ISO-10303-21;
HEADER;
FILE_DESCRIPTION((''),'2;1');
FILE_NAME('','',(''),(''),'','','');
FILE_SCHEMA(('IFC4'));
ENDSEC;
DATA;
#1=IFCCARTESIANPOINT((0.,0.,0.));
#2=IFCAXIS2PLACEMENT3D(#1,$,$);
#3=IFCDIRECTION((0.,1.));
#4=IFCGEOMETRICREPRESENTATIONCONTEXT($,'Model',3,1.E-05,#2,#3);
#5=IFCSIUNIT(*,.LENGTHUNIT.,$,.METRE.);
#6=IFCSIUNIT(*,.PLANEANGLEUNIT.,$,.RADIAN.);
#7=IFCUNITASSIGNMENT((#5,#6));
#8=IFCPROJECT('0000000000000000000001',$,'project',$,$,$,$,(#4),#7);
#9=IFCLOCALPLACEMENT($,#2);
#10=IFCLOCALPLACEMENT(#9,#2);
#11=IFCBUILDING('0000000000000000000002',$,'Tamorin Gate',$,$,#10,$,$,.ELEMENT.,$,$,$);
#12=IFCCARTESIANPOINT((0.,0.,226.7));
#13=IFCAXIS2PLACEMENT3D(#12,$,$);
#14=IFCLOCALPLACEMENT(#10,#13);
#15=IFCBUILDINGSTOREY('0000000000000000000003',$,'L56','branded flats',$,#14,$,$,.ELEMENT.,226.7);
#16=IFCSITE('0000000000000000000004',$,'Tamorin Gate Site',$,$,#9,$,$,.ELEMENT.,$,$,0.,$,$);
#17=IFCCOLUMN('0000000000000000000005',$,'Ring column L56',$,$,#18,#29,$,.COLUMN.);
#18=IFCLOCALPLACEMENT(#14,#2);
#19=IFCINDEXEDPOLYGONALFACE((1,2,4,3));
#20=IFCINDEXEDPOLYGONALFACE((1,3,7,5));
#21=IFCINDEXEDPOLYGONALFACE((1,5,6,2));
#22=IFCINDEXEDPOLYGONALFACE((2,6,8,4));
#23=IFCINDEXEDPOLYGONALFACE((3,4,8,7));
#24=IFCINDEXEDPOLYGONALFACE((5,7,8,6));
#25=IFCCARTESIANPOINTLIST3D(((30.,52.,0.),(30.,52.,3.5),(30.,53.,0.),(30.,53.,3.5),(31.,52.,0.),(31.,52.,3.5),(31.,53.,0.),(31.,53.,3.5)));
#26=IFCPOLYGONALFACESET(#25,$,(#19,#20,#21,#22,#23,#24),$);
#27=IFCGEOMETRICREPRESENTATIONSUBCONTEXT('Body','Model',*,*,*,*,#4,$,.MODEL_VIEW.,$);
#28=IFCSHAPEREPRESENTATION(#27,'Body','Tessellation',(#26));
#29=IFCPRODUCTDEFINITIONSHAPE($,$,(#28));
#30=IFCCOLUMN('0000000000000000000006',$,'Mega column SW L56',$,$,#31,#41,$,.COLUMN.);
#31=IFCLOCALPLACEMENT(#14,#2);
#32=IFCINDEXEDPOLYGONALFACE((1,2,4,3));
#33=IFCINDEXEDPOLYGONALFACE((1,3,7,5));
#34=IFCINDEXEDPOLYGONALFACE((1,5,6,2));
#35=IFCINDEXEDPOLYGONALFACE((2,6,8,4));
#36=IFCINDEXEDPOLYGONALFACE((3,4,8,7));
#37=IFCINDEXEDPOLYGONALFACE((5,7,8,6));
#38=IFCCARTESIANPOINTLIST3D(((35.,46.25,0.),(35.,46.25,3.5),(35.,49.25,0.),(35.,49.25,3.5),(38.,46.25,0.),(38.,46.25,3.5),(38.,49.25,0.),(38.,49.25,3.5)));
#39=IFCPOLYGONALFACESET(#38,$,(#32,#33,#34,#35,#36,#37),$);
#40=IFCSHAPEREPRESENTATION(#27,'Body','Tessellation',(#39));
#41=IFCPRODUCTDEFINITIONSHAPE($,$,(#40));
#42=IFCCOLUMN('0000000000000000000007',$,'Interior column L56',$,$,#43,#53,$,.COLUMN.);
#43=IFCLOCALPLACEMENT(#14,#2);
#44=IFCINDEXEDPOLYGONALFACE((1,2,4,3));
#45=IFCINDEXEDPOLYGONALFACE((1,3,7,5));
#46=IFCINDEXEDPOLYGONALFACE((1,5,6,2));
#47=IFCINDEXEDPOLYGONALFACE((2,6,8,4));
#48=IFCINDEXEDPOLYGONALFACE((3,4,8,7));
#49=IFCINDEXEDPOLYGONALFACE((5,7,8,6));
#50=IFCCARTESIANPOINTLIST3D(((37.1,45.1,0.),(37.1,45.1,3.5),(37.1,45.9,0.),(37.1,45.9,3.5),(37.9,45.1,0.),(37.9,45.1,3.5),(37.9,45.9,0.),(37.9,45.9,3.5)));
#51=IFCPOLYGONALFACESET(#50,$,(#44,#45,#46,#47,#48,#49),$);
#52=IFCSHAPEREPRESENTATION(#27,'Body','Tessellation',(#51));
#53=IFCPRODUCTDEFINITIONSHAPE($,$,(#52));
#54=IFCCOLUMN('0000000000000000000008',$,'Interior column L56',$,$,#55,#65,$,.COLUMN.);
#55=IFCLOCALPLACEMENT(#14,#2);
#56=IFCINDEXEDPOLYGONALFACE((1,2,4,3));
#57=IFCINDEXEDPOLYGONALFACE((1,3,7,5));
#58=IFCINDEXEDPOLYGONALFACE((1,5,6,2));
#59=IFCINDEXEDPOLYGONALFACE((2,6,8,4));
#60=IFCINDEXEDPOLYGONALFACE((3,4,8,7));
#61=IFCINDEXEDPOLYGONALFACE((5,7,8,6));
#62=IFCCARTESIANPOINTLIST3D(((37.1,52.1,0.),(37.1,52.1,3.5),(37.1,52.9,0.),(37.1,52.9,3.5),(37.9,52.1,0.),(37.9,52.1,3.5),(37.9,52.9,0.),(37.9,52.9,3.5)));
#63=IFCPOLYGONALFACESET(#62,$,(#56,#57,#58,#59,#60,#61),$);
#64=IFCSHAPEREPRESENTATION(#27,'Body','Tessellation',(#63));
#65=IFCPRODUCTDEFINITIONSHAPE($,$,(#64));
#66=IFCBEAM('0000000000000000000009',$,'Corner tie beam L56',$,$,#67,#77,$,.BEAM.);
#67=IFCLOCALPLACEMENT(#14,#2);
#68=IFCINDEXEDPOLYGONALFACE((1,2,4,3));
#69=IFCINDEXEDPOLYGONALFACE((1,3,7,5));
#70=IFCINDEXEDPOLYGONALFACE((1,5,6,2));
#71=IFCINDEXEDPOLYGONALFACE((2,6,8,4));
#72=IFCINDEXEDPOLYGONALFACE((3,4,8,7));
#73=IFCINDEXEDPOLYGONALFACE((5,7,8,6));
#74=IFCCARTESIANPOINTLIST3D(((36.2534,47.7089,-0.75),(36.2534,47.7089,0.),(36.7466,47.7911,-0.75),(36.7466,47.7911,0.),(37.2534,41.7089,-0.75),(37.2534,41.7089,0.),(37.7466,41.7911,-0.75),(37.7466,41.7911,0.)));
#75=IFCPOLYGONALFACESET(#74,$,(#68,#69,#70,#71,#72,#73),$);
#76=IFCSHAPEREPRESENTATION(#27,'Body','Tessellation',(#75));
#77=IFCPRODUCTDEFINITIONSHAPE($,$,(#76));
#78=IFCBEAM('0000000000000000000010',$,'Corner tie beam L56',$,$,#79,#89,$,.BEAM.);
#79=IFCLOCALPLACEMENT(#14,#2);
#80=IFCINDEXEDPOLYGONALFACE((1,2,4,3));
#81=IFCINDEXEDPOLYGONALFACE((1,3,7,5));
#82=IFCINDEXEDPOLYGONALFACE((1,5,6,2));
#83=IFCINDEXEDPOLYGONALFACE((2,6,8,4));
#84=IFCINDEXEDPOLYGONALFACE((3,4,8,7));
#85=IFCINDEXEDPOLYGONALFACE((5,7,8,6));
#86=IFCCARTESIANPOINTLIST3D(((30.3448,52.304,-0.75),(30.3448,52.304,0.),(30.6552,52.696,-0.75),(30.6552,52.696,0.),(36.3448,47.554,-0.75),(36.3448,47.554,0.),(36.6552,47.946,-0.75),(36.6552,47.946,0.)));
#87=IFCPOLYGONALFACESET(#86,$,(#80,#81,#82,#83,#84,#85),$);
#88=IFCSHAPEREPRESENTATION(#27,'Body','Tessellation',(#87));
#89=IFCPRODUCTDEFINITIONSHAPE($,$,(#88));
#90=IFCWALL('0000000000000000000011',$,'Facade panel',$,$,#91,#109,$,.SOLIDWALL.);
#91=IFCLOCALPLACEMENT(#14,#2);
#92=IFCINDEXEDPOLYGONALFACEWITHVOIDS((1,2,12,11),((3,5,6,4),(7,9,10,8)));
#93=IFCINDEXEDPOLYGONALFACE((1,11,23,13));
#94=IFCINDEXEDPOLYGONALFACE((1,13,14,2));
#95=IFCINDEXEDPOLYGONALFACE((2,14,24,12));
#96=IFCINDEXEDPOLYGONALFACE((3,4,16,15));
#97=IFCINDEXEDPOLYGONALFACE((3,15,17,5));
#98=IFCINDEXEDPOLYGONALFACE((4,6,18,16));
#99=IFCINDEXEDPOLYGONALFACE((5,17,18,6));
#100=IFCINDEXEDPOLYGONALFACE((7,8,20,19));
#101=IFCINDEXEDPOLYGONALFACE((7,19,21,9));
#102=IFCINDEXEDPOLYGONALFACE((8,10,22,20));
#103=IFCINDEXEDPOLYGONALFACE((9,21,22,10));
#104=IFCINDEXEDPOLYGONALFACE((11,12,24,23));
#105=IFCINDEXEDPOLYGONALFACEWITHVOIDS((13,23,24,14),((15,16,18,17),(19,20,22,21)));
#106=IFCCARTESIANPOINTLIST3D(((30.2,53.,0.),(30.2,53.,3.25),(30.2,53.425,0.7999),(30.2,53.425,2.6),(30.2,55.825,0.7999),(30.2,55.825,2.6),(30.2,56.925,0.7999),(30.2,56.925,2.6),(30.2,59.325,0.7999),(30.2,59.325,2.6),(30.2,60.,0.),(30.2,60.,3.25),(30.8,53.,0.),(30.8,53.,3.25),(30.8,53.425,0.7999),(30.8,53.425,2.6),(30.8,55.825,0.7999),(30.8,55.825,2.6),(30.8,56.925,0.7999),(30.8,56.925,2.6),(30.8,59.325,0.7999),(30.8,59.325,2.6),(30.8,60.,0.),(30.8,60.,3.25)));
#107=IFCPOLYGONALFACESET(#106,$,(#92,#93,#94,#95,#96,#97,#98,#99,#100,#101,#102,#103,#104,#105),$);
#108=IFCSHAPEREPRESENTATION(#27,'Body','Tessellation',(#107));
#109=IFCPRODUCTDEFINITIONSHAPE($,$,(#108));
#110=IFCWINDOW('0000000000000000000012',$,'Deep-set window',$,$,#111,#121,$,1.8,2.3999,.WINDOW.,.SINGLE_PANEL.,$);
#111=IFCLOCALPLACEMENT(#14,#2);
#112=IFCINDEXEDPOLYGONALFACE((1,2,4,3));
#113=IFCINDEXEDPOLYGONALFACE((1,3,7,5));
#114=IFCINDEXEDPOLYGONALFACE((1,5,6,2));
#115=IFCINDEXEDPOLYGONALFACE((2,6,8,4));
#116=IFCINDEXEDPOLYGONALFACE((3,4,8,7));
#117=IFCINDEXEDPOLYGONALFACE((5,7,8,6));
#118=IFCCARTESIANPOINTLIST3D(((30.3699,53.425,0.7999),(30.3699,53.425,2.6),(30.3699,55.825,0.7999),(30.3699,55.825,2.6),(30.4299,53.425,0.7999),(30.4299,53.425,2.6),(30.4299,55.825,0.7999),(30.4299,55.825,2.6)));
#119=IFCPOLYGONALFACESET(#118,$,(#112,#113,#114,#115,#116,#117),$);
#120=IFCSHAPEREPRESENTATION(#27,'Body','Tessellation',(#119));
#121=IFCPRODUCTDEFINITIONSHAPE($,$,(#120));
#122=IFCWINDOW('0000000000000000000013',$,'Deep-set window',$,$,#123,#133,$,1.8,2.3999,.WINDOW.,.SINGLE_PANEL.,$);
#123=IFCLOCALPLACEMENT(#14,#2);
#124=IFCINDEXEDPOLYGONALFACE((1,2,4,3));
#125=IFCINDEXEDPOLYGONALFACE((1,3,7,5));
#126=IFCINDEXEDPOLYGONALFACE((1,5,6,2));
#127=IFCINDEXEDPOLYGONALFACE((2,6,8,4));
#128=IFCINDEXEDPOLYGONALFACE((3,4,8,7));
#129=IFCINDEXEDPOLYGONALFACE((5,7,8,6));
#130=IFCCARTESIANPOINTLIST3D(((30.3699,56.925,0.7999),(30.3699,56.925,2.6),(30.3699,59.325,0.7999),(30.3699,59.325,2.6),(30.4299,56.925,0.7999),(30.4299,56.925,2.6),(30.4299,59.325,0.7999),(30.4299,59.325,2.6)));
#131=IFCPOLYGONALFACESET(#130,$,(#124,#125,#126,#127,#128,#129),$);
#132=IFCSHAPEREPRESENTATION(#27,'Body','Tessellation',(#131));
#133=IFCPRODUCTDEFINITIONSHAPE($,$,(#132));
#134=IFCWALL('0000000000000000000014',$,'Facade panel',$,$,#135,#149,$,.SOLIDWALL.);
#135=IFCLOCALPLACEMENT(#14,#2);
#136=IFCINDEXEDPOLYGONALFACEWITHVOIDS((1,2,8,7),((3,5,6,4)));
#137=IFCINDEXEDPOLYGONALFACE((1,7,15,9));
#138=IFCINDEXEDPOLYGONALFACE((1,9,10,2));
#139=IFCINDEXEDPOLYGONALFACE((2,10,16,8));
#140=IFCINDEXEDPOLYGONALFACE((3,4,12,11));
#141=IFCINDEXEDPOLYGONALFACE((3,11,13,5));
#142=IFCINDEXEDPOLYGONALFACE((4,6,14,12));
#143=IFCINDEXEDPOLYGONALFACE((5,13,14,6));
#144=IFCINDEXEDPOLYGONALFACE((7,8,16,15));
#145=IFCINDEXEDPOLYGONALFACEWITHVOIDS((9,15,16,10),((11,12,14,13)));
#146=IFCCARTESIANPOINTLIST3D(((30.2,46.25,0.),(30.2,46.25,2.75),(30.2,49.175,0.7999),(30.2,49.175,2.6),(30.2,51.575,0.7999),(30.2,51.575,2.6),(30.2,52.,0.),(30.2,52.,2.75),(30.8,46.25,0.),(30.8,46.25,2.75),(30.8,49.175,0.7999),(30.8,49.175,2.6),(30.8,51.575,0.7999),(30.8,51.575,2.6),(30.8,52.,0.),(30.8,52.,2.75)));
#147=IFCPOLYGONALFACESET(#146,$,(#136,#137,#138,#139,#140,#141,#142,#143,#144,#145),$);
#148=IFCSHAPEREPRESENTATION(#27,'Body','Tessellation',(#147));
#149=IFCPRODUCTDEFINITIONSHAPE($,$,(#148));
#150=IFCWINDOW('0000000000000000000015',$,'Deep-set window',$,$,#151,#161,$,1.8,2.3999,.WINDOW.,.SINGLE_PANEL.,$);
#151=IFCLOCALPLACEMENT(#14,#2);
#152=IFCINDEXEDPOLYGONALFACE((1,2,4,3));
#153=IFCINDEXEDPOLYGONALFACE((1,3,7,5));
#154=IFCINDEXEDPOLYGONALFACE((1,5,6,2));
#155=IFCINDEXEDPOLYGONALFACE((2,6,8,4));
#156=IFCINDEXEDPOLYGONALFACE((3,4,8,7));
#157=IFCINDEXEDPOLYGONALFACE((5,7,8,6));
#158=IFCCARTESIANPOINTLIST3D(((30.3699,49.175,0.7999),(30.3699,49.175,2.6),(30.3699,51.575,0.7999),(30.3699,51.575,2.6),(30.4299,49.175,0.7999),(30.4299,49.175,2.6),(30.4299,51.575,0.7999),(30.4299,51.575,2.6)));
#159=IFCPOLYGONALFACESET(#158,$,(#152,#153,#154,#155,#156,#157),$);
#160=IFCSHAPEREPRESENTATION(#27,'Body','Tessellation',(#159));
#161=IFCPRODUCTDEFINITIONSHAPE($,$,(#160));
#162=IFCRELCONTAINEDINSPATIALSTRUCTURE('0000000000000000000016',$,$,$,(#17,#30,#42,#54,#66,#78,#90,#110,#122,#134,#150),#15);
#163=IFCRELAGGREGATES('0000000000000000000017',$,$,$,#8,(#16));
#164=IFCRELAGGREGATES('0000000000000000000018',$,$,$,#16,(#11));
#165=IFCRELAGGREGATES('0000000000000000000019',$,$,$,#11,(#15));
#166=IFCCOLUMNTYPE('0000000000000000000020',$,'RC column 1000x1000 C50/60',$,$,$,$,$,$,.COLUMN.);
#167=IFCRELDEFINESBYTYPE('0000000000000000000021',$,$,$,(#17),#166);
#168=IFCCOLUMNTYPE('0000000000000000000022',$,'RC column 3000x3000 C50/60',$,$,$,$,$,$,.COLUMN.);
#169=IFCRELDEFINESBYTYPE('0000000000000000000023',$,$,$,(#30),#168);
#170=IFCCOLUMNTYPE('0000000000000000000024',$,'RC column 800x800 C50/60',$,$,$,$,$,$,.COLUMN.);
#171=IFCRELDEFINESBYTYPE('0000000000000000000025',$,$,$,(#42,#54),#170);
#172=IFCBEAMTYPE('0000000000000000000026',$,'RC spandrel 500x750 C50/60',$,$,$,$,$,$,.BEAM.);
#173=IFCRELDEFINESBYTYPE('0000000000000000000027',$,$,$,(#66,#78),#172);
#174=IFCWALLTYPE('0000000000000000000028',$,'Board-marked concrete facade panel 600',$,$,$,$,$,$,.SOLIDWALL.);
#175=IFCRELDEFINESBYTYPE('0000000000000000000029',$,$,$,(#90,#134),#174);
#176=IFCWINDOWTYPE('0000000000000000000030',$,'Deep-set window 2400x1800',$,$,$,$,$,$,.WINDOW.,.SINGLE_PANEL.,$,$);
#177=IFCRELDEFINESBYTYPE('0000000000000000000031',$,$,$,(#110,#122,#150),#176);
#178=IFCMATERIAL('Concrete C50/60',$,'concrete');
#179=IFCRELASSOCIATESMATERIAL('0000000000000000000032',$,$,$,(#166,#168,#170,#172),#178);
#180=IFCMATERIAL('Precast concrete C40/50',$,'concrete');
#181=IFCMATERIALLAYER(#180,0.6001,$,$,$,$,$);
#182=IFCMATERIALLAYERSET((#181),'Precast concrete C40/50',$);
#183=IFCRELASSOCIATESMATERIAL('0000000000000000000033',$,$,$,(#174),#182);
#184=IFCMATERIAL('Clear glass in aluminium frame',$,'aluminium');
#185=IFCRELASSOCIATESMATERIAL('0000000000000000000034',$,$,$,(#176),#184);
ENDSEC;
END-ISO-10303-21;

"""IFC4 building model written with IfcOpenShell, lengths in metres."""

from ifc_helpers import new_model, si_unit, direction, frame, frame_2d, origin, origin_2d, place, context, subcontext, project, spatial, rectangle, extrude, material, layer, layer_set, material_profile, profile_set, type_object, element, fill, save


model = new_model("IFC4")

# Units and contexts
model_context = context("Model", 3, precision=1e-05, world=origin(), true_north=direction((0.0, 1.0)))
body_context = subcontext(model_context, "Body", "Model", "MODEL_VIEW")
ifc_project = project(units=[si_unit("LENGTHUNIT", "METRE"), si_unit("PLANEANGLEUNIT", "RADIAN")], contexts=[model_context])

# Site, building, storey
site_placement = place(None, origin())
site = spatial("IfcSite", under=ifc_project, at=site_placement, Name="Tamorin Gate Site", CompositionType="ELEMENT", RefElevation=0.0)
building_placement = place(site_placement, origin())
building = spatial("IfcBuilding", under=site, at=building_placement, Name="Tamorin Gate", CompositionType="ELEMENT")
storey_placement = place(building_placement, frame((0.0, 0.0, 226.7)))
storey = spatial("IfcBuildingStorey", under=building, at=storey_placement, Name="L56", Description="branded flats", CompositionType="ELEMENT", Elevation=226.7)

# Columns
ifc_material_1 = material(Name="Concrete C50/60", Category="concrete")
ifc_material_profile_1 = material_profile(ifc_material_1, rectangle(XDim=1.0, YDim=1.0, at=origin_2d()), Name="RC 1000x1000")
ifc_profile_set_1 = profile_set([ifc_material_profile_1], Name="Concrete C50/60")
column_type_1 = type_object("IfcColumnType", Name="RC column 1000x1000 C50/60", PredefinedType="COLUMN", material=ifc_profile_set_1)
column_1_placement = place(storey_placement, frame((30.5, 52.5, 0.0), z_axis=(0.0, 0.0, 1.0), x_axis=(1.0, 0.0, 0.0)))
element("IfcColumn", 1, at=column_1_placement, inside=storey, type_object=column_type_1, Name="Ring column L56", PredefinedType="COLUMN", context=body_context, shape_type="SweptSolid", body=[
    extrude(rectangle(XDim=1.0, YDim=1.0, at=origin_2d()), origin(), (0.0, 0.0, 1.0), 3.5),
])
ifc_material_profile_2 = material_profile(ifc_material_1, rectangle(XDim=3.0, YDim=3.0, at=origin_2d()), Name="RC 3000x3000")
ifc_profile_set_2 = profile_set([ifc_material_profile_2], Name="Concrete C50/60")
column_type_2 = type_object("IfcColumnType", Name="RC column 3000x3000 C50/60", PredefinedType="COLUMN", material=ifc_profile_set_2)
column_2_placement = place(storey_placement, frame((36.5, 47.75, 0.0), z_axis=(0.0, 0.0, 1.0), x_axis=(1.0, 0.0, 0.0)))
element("IfcColumn", 2, at=column_2_placement, inside=storey, type_object=column_type_2, Name="Mega column SW L56", PredefinedType="COLUMN", context=body_context, shape_type="SweptSolid", body=[
    extrude(rectangle(XDim=3.0, YDim=3.0, at=origin_2d()), origin(), (0.0, 0.0, 1.0), 3.5),
])
ifc_material_profile_3 = material_profile(ifc_material_1, rectangle(XDim=0.8, YDim=0.8, at=origin_2d()), Name="RC 800x800")
ifc_profile_set_3 = profile_set([ifc_material_profile_3], Name="Concrete C50/60")
column_type_3 = type_object("IfcColumnType", Name="RC column 800x800 C50/60", PredefinedType="COLUMN", material=ifc_profile_set_3)
for number, where, z_axis, x_axis, name in (
    (3, (37.5, 45.5, 0.0), (0.0, 0.0, 1.0), (1.0, 0.0, 0.0), "Interior column L56"),
    (4, (37.5, 52.5, 0.0), (0.0, 0.0, 1.0), (1.0, 0.0, 0.0), "Interior column L56"),
):
    element("IfcColumn", number, at=place(storey_placement, frame(where, z_axis=z_axis, x_axis=x_axis)), inside=storey, type_object=column_type_3, Name=name, PredefinedType="COLUMN", context=body_context, shape_type="SweptSolid", body=[
        extrude(rectangle(XDim=0.8, YDim=0.8, at=origin_2d()), origin(), (0.0, 0.0, 1.0), 3.5),
    ])

# Beams
ifc_material_profile_4 = material_profile(ifc_material_1, rectangle(XDim=0.5, YDim=0.75, at=origin_2d()), Name="RC 500x750")
ifc_profile_set_4 = profile_set([ifc_material_profile_4], Name="Concrete C50/60")
beam_type = type_object("IfcBeamType", Name="RC spandrel 500x750 C50/60", PredefinedType="BEAM", material=ifc_profile_set_4)
beam_1_placement = place(storey_placement, frame((36.5, 47.75, -0.375), z_axis=(0.164399, -0.986394, 0.0), x_axis=(0.986394, 0.164399, 0.0)))
element("IfcBeam", 5, at=beam_1_placement, inside=storey, type_object=beam_type, Name="Corner tie beam L56", PredefinedType="BEAM", context=body_context, shape_type="SweptSolid", body=[
    extrude(rectangle(XDim=0.5, YDim=0.75, at=origin_2d()), origin(), (0.0, 0.0, 1.0), 6.0828),
])
beam_2_placement = place(storey_placement, frame((36.5, 47.75, -0.375), z_axis=(-0.784046, 0.620703, 0.0), x_axis=(-0.620703, -0.784046, 0.0)))
element("IfcBeam", 6, at=beam_2_placement, inside=storey, type_object=beam_type, Name="Corner tie beam L56", PredefinedType="BEAM", context=body_context, shape_type="SweptSolid", body=[
    extrude(rectangle(XDim=0.5, YDim=0.75, at=origin_2d()), origin(), (0.0, 0.0, 1.0), 7.6526),
])

# Wall, openings, windows
ifc_material_2 = material(Name="Precast concrete C40/50", Category="concrete")
ifc_layer_1 = layer(ifc_material_2, 0.6001)
ifc_layer_set_1 = layer_set([ifc_layer_1], Name="Precast concrete C40/50")
wall_type_1 = type_object("IfcWallType", Name="Board-marked concrete facade panel 600", PredefinedType="SOLIDWALL", material=ifc_layer_set_1)
wall_1_placement = place(storey_placement, frame((30.5, 60.0, 0.0), z_axis=(0.0, 0.0, 1.0), x_axis=(0.0, -1.0, 0.0)))
wall_1 = element("IfcWall", 7, at=wall_1_placement, inside=storey, type_object=wall_type_1, Name="Facade panel", PredefinedType="SOLIDWALL", context=body_context, shape_type="SweptSolid", body=[
    extrude(rectangle(XDim=7.0, YDim=0.6001, at=frame_2d((3.5, 0.0))), origin(), (0.0, 0.0, 1.0), 3.25),
])
opening_1_placement = place(wall_1_placement, frame((4.175, 0.0, 0.8)))
opening_1 = element("IfcOpeningElement", 8, at=opening_1_placement, cuts=wall_1, PredefinedType="OPENING", context=body_context, shape_type="SweptSolid", body=[
    extrude(rectangle(XDim=2.3999, YDim=1.8, at=frame_2d((1.2, 0.8999))), frame((0.0, 0.3101, 0.0), z_axis=(0.0, -1.0, 0.0), x_axis=(1.0, 0.0, 0.0)), (0.0, 0.0, 1.0), 0.6201),
])
opening_2_placement = place(wall_1_placement, frame((0.675, 0.0, 0.8)))
opening_2 = element("IfcOpeningElement", 9, at=opening_2_placement, cuts=wall_1, PredefinedType="OPENING", context=body_context, shape_type="SweptSolid", body=[
    extrude(rectangle(XDim=2.3999, YDim=1.8, at=frame_2d((1.2, 0.8999))), frame((0.0, 0.3101, 0.0), z_axis=(0.0, -1.0, 0.0), x_axis=(1.0, 0.0, 0.0)), (0.0, 0.0, 1.0), 0.6201),
])
ifc_material_3 = material(Name="Clear glass in aluminium frame", Category="aluminium")
window_type = type_object("IfcWindowType", Name="Deep-set window 2400x1800", PartitioningType="SINGLE_PANEL", PredefinedType="WINDOW", material=ifc_material_3)
window_1_placement = place(opening_1_placement, origin())
window_1 = element("IfcWindow", 10, at=window_1_placement, inside=storey, type_object=window_type, Name="Deep-set window", OverallHeight=1.8, OverallWidth=2.3999, PartitioningType="SINGLE_PANEL", PredefinedType="WINDOW", context=body_context, shape_type="SweptSolid", body=[
    extrude(rectangle(XDim=2.3999, YDim=1.8, at=frame_2d((1.2, 0.8999))), frame((0.0, -0.0701, 0.0), z_axis=(0.0, -1.0, 0.0), x_axis=(1.0, 0.0, 0.0)), (0.0, 0.0, 1.0), 0.0601),
])
fill(opening_1, window_1)
window_2_placement = place(opening_2_placement, origin())
window_2 = element("IfcWindow", 11, at=window_2_placement, inside=storey, type_object=window_type, Name="Deep-set window", OverallHeight=1.8, OverallWidth=2.3999, PartitioningType="SINGLE_PANEL", PredefinedType="WINDOW", context=body_context, shape_type="SweptSolid", body=[
    extrude(rectangle(XDim=2.3999, YDim=1.8, at=frame_2d((1.2, 0.8999))), frame((0.0, -0.0701, 0.0), z_axis=(0.0, -1.0, 0.0), x_axis=(1.0, 0.0, 0.0)), (0.0, 0.0, 1.0), 0.0601),
])
fill(opening_2, window_2)

# Wall, opening, window
wall_2_placement = place(storey_placement, frame((30.5, 52.0, 0.0), z_axis=(0.0, 0.0, 1.0), x_axis=(0.0, -1.0, 0.0)))
wall_2 = element("IfcWall", 12, at=wall_2_placement, inside=storey, type_object=wall_type_1, Name="Facade panel", PredefinedType="SOLIDWALL", context=body_context, shape_type="SweptSolid", body=[
    extrude(rectangle(XDim=5.75, YDim=0.6001, at=frame_2d((2.875, 0.0))), origin(), (0.0, 0.0, 1.0), 2.75),
])
opening_3_placement = place(wall_2_placement, frame((0.425, 0.0, 0.8)))
opening_3 = element("IfcOpeningElement", 13, at=opening_3_placement, cuts=wall_2, PredefinedType="OPENING", context=body_context, shape_type="SweptSolid", body=[
    extrude(rectangle(XDim=2.3999, YDim=1.8, at=frame_2d((1.2, 0.8999))), frame((0.0, 0.3101, 0.0), z_axis=(0.0, -1.0, 0.0), x_axis=(1.0, 0.0, 0.0)), (0.0, 0.0, 1.0), 0.6201),
])
window_3_placement = place(opening_3_placement, origin())
window_3 = element("IfcWindow", 14, at=window_3_placement, inside=storey, type_object=window_type, Name="Deep-set window", OverallHeight=1.8, OverallWidth=2.3999, PartitioningType="SINGLE_PANEL", PredefinedType="WINDOW", context=body_context, shape_type="SweptSolid", body=[
    extrude(rectangle(XDim=2.3999, YDim=1.8, at=frame_2d((1.2, 0.8999))), frame((0.0, -0.0701, 0.0), z_axis=(0.0, -1.0, 0.0), x_axis=(1.0, 0.0, 0.0)), (0.0, 0.0, 1.0), 0.0601),
])
fill(opening_3, window_3)

save(model, "model.ifc")
